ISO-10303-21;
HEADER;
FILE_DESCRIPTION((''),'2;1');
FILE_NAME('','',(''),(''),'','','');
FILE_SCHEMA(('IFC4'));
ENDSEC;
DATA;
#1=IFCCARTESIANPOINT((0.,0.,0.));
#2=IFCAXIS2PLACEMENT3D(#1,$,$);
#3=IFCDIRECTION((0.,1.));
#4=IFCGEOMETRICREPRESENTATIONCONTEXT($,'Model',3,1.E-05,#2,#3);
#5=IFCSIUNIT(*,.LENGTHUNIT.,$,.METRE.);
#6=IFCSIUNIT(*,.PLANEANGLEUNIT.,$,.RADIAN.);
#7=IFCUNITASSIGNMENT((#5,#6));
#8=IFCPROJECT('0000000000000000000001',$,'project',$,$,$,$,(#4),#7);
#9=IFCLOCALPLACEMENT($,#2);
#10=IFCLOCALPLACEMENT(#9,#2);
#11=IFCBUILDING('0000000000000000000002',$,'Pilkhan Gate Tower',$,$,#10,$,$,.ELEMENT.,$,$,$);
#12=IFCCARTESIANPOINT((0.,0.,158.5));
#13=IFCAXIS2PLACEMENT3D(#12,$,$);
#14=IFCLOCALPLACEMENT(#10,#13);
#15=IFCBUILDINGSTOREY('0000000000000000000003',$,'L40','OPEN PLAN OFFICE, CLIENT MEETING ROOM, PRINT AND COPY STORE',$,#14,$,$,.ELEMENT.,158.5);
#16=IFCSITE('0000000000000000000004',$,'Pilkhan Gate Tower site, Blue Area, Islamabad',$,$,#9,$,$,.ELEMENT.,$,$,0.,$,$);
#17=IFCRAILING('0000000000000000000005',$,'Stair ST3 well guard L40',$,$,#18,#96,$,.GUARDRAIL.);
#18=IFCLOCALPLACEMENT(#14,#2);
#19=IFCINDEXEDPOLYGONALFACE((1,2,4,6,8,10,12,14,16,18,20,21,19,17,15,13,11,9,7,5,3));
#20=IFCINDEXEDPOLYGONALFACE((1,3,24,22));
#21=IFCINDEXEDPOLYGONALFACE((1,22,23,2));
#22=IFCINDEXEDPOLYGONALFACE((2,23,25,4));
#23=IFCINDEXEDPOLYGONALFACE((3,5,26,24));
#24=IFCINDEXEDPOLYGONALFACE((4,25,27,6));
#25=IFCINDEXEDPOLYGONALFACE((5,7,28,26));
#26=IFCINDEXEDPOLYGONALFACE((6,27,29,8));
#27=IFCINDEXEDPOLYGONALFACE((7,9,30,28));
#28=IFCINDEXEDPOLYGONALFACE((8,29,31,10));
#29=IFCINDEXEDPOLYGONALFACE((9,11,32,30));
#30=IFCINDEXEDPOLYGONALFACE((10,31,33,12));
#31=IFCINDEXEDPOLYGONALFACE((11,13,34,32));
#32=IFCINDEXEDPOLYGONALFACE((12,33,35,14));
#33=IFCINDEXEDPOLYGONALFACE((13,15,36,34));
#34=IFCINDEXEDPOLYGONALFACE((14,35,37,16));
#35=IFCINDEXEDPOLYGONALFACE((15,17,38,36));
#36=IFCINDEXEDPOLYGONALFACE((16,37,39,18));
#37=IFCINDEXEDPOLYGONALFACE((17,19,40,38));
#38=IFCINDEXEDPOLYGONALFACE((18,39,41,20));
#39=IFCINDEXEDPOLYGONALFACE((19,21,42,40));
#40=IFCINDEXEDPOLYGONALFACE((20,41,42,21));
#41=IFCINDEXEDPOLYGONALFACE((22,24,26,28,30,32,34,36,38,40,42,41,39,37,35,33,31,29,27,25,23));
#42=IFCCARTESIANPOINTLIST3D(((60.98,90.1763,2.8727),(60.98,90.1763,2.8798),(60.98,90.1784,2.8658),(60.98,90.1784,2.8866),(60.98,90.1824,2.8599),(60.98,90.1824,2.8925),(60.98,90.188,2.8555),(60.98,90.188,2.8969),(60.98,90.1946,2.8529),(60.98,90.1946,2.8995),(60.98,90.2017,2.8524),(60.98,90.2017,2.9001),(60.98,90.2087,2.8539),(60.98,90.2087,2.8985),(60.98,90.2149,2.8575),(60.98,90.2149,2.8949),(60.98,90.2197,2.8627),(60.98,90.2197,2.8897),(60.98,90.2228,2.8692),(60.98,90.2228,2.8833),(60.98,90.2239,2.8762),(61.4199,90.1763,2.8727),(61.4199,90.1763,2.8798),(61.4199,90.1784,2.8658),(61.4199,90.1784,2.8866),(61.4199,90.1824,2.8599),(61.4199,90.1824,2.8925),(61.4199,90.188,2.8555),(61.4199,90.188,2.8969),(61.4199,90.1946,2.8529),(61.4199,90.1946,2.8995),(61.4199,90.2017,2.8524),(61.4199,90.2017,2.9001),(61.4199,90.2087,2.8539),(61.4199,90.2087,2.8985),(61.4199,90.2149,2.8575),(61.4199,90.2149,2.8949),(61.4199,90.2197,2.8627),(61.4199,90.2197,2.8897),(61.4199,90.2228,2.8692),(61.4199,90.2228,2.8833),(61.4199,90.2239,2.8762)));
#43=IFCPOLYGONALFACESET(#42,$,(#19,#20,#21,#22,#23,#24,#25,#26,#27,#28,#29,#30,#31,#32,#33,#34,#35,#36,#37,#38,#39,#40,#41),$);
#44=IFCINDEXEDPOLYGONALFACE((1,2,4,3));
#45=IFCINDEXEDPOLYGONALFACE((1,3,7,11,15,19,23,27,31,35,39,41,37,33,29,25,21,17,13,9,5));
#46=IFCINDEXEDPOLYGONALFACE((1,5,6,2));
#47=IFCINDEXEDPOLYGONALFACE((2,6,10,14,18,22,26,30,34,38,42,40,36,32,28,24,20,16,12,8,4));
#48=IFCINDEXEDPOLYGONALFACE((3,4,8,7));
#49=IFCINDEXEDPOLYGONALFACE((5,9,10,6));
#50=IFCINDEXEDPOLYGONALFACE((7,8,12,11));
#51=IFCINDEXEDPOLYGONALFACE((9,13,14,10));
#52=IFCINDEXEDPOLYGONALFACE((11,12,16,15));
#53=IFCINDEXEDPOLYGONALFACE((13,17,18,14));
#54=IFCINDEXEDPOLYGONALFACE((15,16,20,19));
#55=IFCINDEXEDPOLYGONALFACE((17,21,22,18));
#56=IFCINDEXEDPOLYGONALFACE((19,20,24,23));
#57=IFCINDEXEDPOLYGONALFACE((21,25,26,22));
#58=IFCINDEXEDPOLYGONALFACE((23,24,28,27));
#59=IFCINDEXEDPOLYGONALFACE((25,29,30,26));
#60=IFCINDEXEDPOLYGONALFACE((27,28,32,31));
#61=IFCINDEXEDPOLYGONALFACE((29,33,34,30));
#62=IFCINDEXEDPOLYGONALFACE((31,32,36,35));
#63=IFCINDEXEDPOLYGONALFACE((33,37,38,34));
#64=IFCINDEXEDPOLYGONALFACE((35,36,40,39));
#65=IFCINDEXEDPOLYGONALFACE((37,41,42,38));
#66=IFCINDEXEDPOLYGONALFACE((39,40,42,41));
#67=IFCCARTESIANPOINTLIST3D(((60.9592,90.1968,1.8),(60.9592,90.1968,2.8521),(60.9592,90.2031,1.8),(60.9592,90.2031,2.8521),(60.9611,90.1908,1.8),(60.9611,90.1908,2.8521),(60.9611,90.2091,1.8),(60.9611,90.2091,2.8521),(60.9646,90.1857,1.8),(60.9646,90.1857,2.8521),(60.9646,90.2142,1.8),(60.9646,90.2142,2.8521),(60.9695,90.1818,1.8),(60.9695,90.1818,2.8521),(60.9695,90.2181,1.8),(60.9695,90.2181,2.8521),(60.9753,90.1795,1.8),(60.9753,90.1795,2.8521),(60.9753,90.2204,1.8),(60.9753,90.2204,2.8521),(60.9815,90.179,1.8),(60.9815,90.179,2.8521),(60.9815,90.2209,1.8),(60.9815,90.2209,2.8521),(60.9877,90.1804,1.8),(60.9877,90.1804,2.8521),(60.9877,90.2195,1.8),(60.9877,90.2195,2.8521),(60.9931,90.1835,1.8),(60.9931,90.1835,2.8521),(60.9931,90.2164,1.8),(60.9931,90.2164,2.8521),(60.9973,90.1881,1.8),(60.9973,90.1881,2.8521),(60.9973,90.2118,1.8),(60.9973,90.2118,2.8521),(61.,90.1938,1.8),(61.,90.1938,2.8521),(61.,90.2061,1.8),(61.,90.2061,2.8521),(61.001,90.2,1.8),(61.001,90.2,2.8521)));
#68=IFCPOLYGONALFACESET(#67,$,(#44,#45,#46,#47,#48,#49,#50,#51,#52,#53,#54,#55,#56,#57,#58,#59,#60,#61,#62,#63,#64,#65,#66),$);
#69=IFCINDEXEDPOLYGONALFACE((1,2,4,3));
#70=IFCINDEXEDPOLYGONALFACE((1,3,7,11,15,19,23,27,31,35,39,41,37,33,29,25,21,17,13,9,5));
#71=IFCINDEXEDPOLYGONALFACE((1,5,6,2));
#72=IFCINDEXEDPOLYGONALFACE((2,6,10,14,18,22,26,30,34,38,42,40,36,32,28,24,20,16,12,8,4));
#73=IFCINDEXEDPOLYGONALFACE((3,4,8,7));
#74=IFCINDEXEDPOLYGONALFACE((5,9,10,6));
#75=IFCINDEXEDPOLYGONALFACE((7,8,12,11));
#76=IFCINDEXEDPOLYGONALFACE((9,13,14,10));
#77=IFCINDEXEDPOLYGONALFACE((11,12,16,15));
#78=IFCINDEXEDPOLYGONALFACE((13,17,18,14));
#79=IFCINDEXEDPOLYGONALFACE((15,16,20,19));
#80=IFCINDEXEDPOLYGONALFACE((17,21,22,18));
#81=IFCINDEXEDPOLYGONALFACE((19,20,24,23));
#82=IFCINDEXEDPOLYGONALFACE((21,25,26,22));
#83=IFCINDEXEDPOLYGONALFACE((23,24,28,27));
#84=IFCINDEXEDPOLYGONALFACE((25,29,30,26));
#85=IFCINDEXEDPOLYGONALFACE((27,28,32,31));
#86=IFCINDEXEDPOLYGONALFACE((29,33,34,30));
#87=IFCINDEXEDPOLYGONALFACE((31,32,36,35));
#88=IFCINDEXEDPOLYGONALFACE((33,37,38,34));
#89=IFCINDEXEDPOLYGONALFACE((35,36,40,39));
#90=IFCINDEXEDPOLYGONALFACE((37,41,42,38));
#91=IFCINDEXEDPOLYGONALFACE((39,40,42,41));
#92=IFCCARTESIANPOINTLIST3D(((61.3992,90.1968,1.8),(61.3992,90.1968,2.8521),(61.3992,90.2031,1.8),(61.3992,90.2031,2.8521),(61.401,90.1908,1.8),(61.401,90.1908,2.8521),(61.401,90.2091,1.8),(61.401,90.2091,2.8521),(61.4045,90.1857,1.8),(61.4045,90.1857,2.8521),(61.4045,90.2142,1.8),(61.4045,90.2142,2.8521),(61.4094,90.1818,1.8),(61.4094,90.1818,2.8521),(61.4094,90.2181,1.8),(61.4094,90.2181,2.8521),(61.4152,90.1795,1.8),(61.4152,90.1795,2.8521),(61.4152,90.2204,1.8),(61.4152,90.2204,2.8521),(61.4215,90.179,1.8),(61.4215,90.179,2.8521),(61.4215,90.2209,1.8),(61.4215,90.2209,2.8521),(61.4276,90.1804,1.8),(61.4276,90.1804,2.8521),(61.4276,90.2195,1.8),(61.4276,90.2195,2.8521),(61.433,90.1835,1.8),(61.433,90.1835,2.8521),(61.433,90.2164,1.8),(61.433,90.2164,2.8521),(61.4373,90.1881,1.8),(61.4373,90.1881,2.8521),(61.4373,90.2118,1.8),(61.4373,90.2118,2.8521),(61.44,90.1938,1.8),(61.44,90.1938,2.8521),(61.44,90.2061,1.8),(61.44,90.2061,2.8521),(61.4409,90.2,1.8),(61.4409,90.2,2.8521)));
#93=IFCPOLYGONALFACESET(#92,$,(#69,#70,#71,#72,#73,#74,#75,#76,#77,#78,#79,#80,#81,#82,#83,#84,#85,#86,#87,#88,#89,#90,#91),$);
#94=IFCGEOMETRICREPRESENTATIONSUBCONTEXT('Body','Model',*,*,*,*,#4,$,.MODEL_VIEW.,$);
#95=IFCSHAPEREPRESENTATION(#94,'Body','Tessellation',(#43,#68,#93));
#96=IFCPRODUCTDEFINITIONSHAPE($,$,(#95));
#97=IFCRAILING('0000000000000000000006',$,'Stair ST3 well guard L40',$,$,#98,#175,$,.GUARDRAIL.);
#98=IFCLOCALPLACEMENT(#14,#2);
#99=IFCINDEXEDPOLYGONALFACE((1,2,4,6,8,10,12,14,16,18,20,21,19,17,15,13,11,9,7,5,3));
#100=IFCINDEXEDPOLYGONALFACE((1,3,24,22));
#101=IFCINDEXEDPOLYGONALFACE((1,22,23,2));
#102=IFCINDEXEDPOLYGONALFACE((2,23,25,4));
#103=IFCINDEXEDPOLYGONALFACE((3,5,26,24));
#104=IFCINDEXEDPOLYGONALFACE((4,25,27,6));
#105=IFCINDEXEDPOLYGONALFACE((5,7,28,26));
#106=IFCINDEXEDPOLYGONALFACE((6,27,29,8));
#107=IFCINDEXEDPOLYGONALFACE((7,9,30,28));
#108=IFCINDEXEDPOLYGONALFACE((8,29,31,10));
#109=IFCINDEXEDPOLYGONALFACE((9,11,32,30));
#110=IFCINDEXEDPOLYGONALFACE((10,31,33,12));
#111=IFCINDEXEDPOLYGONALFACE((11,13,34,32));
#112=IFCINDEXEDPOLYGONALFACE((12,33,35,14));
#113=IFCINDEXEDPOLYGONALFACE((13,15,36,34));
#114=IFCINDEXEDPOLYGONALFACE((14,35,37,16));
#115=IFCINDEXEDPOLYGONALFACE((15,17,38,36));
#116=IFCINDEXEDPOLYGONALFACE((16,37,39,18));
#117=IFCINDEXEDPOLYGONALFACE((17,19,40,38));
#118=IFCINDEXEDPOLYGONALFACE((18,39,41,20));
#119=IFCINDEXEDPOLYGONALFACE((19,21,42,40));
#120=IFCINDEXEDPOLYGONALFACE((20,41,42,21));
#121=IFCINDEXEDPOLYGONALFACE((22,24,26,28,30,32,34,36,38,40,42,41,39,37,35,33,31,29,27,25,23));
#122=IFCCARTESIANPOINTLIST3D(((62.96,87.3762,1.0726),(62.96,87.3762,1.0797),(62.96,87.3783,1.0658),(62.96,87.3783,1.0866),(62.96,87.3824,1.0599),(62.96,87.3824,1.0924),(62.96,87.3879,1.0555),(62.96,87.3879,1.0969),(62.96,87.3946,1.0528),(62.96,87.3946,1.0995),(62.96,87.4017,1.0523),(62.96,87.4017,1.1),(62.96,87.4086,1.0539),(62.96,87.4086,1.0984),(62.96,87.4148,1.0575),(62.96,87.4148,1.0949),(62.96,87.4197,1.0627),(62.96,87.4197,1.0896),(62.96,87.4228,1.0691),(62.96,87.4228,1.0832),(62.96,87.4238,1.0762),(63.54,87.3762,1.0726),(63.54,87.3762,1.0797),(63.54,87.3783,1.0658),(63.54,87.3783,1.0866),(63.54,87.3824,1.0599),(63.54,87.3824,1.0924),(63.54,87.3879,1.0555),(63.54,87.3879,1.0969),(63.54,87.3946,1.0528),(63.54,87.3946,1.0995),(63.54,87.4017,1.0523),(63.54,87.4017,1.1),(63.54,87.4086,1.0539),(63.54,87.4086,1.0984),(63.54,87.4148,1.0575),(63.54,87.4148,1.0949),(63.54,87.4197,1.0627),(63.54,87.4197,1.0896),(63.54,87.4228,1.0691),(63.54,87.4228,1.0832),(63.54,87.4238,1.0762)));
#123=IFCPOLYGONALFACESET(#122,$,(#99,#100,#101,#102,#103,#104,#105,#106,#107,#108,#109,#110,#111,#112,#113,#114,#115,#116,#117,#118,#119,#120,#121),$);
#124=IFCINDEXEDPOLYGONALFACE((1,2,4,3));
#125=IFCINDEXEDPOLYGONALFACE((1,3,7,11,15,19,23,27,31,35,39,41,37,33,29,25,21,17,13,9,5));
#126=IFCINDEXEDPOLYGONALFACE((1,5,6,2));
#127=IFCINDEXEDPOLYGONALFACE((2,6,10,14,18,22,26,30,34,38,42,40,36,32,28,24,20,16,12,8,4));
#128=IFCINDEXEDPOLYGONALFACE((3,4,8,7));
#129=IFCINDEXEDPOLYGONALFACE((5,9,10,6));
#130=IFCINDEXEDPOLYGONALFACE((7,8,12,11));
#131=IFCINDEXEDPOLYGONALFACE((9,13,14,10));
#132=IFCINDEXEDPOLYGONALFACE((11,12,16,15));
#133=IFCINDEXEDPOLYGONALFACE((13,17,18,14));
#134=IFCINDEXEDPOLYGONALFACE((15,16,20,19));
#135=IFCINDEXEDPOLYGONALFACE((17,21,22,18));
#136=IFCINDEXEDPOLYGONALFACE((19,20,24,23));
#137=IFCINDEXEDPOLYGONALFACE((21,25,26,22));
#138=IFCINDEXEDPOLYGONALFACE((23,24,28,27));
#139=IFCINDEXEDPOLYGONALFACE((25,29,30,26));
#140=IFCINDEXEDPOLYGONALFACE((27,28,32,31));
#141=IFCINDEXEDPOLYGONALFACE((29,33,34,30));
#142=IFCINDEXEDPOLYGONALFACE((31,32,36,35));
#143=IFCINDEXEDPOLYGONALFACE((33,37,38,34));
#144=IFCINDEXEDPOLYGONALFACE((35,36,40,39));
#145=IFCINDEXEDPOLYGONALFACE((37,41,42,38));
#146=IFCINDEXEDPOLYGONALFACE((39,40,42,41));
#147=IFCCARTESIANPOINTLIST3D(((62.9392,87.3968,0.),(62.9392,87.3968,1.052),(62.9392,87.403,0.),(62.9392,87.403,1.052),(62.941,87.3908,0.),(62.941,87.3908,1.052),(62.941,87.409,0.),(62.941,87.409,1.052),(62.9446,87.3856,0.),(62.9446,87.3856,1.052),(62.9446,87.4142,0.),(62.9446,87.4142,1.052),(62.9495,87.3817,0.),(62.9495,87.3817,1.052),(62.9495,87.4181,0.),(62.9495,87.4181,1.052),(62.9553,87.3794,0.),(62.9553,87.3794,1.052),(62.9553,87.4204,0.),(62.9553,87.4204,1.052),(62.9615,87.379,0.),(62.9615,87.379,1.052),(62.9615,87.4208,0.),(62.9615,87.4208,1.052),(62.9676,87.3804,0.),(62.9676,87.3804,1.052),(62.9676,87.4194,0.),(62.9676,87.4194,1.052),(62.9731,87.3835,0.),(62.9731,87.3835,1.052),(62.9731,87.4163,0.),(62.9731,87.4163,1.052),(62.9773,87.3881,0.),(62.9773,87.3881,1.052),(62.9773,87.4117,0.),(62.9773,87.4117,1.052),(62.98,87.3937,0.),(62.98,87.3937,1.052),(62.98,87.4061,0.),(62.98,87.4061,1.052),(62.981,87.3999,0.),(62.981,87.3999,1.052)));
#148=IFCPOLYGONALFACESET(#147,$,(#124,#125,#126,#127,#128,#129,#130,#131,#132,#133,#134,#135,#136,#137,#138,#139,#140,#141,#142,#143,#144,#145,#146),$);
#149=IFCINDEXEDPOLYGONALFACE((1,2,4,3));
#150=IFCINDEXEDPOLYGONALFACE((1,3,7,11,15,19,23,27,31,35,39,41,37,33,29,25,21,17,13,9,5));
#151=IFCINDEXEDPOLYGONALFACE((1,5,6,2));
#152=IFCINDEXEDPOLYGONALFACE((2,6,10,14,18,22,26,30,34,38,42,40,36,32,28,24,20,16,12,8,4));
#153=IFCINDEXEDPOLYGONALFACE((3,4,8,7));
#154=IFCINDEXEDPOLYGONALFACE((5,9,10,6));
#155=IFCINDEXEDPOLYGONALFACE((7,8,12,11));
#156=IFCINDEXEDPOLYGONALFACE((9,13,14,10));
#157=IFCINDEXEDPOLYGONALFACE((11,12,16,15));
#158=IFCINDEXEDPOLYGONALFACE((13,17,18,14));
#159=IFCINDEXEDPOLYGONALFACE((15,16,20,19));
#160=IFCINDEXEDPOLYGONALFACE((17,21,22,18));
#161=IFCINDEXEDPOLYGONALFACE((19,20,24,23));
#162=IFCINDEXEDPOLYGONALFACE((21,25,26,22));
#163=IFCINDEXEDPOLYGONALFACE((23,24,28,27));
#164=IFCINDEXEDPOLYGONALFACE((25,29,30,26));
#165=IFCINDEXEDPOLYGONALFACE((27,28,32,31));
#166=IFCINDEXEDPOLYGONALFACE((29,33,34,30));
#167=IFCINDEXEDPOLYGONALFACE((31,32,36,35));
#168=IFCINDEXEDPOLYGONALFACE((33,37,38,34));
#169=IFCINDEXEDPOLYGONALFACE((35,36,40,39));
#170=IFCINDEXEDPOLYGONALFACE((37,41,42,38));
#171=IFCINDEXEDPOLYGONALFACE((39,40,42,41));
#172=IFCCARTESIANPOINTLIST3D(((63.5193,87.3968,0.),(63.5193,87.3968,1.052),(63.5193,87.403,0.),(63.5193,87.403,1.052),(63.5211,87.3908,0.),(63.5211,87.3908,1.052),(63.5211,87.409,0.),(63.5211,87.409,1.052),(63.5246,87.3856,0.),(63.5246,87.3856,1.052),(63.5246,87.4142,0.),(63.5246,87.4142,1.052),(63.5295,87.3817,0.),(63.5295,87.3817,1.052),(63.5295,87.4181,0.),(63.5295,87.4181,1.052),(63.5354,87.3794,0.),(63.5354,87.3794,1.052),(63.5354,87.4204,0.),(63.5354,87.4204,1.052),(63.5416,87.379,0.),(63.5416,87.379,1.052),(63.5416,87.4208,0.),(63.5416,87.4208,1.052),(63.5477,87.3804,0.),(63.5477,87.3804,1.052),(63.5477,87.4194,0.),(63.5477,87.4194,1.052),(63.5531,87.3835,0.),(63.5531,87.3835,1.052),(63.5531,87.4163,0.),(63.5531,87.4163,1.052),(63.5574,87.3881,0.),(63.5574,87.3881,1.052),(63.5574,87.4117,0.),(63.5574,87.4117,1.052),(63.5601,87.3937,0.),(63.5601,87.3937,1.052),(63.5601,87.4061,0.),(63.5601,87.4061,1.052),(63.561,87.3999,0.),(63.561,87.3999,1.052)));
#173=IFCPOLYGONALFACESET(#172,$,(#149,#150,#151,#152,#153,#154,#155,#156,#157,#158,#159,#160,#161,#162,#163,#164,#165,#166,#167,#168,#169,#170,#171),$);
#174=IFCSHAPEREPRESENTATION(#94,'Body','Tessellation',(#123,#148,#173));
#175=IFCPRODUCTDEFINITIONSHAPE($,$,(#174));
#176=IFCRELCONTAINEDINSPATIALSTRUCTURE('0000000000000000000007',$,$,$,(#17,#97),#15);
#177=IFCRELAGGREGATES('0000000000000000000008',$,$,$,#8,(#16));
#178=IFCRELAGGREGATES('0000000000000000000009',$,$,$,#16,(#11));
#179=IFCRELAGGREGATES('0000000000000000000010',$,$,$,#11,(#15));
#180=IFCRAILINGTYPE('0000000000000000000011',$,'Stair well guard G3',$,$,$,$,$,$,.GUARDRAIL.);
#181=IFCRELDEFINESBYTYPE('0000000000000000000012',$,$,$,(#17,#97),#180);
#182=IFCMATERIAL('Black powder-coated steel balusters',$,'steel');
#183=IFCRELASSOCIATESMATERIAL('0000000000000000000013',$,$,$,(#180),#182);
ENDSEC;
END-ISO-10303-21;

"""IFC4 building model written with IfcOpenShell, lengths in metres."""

from ifc_helpers import new_model, si_unit, direction, frame, origin, origin_2d, place, context, subcontext, project, spatial, circle, extrude, material, type_object, element, save


model = new_model("IFC4")

# Units and contexts
model_context = context("Model", 3, precision=1e-05, world=origin(), true_north=direction((0.0, 1.0)))
body_context = subcontext(model_context, "Body", "Model", "MODEL_VIEW")
ifc_project = project(units=[si_unit("LENGTHUNIT", "METRE"), si_unit("PLANEANGLEUNIT", "RADIAN")], contexts=[model_context])

# Site, building, storey
site_placement = place(None, origin())
site = spatial("IfcSite", under=ifc_project, at=site_placement, Name="Pilkhan Gate Tower site, Blue Area, Islamabad", CompositionType="ELEMENT", RefElevation=0.0)
building_placement = place(site_placement, origin())
building = spatial("IfcBuilding", under=site, at=building_placement, Name="Pilkhan Gate Tower", CompositionType="ELEMENT")
storey_placement = place(building_placement, frame((0.0, 0.0, 158.5)))
storey = spatial("IfcBuildingStorey", under=building, at=storey_placement, Name="L40", Description="OPEN PLAN OFFICE, CLIENT MEETING ROOM, PRINT AND COPY STORE", CompositionType="ELEMENT", Elevation=158.5)

# Railings
ifc_material_1 = material(Name="Black powder-coated steel balusters", Category="steel")
railing_type_1 = type_object("IfcRailingType", Name="Stair well guard G3", PredefinedType="GUARDRAIL", material=ifc_material_1)
railing_1_placement = place(storey_placement, frame((60.98, 90.2, 1.8)))
element("IfcRailing", 1, at=railing_1_placement, inside=storey, type_object=railing_type_1, Name="Stair ST3 well guard L40", PredefinedType="GUARDRAIL", context=body_context, shape_type="SweptSolid", body=[
    extrude(circle(Radius=0.0239, at=origin_2d()), frame((0.0, 0.0, 1.0762), z_axis=(1.0, 0.0, 0.0), x_axis=(0.0, 1.0, 0.0)), (0.0, 0.0, 1.0), 0.4399),
    extrude(circle(Radius=0.021, at=origin_2d()), origin(), (0.0, 0.0, 1.0), 1.052),
    extrude(circle(Radius=0.021, at=origin_2d()), frame((0.4399, 0.0, 0.0)), (0.0, 0.0, 1.0), 1.052),
])
for number, where, name in (
    (2, (62.96, 87.3999, 0.0), "Stair ST3 well guard L40"),
):
    element("IfcRailing", number, at=place(storey_placement, frame(where)), inside=storey, type_object=railing_type_1, Name=name, PredefinedType="GUARDRAIL", context=body_context, shape_type="SweptSolid", body=[
        extrude(circle(Radius=0.0239, at=origin_2d()), frame((0.0, 0.0, 1.0762), z_axis=(1.0, 0.0, 0.0), x_axis=(0.0, 1.0, 0.0)), (0.0, 0.0, 1.0), 0.5801),
        extrude(circle(Radius=0.021, at=origin_2d()), origin(), (0.0, 0.0, 1.0), 1.052),
        extrude(circle(Radius=0.021, at=origin_2d()), frame((0.5801, 0.0, 0.0)), (0.0, 0.0, 1.0), 1.052),
    ])

save(model, "model.ifc")
